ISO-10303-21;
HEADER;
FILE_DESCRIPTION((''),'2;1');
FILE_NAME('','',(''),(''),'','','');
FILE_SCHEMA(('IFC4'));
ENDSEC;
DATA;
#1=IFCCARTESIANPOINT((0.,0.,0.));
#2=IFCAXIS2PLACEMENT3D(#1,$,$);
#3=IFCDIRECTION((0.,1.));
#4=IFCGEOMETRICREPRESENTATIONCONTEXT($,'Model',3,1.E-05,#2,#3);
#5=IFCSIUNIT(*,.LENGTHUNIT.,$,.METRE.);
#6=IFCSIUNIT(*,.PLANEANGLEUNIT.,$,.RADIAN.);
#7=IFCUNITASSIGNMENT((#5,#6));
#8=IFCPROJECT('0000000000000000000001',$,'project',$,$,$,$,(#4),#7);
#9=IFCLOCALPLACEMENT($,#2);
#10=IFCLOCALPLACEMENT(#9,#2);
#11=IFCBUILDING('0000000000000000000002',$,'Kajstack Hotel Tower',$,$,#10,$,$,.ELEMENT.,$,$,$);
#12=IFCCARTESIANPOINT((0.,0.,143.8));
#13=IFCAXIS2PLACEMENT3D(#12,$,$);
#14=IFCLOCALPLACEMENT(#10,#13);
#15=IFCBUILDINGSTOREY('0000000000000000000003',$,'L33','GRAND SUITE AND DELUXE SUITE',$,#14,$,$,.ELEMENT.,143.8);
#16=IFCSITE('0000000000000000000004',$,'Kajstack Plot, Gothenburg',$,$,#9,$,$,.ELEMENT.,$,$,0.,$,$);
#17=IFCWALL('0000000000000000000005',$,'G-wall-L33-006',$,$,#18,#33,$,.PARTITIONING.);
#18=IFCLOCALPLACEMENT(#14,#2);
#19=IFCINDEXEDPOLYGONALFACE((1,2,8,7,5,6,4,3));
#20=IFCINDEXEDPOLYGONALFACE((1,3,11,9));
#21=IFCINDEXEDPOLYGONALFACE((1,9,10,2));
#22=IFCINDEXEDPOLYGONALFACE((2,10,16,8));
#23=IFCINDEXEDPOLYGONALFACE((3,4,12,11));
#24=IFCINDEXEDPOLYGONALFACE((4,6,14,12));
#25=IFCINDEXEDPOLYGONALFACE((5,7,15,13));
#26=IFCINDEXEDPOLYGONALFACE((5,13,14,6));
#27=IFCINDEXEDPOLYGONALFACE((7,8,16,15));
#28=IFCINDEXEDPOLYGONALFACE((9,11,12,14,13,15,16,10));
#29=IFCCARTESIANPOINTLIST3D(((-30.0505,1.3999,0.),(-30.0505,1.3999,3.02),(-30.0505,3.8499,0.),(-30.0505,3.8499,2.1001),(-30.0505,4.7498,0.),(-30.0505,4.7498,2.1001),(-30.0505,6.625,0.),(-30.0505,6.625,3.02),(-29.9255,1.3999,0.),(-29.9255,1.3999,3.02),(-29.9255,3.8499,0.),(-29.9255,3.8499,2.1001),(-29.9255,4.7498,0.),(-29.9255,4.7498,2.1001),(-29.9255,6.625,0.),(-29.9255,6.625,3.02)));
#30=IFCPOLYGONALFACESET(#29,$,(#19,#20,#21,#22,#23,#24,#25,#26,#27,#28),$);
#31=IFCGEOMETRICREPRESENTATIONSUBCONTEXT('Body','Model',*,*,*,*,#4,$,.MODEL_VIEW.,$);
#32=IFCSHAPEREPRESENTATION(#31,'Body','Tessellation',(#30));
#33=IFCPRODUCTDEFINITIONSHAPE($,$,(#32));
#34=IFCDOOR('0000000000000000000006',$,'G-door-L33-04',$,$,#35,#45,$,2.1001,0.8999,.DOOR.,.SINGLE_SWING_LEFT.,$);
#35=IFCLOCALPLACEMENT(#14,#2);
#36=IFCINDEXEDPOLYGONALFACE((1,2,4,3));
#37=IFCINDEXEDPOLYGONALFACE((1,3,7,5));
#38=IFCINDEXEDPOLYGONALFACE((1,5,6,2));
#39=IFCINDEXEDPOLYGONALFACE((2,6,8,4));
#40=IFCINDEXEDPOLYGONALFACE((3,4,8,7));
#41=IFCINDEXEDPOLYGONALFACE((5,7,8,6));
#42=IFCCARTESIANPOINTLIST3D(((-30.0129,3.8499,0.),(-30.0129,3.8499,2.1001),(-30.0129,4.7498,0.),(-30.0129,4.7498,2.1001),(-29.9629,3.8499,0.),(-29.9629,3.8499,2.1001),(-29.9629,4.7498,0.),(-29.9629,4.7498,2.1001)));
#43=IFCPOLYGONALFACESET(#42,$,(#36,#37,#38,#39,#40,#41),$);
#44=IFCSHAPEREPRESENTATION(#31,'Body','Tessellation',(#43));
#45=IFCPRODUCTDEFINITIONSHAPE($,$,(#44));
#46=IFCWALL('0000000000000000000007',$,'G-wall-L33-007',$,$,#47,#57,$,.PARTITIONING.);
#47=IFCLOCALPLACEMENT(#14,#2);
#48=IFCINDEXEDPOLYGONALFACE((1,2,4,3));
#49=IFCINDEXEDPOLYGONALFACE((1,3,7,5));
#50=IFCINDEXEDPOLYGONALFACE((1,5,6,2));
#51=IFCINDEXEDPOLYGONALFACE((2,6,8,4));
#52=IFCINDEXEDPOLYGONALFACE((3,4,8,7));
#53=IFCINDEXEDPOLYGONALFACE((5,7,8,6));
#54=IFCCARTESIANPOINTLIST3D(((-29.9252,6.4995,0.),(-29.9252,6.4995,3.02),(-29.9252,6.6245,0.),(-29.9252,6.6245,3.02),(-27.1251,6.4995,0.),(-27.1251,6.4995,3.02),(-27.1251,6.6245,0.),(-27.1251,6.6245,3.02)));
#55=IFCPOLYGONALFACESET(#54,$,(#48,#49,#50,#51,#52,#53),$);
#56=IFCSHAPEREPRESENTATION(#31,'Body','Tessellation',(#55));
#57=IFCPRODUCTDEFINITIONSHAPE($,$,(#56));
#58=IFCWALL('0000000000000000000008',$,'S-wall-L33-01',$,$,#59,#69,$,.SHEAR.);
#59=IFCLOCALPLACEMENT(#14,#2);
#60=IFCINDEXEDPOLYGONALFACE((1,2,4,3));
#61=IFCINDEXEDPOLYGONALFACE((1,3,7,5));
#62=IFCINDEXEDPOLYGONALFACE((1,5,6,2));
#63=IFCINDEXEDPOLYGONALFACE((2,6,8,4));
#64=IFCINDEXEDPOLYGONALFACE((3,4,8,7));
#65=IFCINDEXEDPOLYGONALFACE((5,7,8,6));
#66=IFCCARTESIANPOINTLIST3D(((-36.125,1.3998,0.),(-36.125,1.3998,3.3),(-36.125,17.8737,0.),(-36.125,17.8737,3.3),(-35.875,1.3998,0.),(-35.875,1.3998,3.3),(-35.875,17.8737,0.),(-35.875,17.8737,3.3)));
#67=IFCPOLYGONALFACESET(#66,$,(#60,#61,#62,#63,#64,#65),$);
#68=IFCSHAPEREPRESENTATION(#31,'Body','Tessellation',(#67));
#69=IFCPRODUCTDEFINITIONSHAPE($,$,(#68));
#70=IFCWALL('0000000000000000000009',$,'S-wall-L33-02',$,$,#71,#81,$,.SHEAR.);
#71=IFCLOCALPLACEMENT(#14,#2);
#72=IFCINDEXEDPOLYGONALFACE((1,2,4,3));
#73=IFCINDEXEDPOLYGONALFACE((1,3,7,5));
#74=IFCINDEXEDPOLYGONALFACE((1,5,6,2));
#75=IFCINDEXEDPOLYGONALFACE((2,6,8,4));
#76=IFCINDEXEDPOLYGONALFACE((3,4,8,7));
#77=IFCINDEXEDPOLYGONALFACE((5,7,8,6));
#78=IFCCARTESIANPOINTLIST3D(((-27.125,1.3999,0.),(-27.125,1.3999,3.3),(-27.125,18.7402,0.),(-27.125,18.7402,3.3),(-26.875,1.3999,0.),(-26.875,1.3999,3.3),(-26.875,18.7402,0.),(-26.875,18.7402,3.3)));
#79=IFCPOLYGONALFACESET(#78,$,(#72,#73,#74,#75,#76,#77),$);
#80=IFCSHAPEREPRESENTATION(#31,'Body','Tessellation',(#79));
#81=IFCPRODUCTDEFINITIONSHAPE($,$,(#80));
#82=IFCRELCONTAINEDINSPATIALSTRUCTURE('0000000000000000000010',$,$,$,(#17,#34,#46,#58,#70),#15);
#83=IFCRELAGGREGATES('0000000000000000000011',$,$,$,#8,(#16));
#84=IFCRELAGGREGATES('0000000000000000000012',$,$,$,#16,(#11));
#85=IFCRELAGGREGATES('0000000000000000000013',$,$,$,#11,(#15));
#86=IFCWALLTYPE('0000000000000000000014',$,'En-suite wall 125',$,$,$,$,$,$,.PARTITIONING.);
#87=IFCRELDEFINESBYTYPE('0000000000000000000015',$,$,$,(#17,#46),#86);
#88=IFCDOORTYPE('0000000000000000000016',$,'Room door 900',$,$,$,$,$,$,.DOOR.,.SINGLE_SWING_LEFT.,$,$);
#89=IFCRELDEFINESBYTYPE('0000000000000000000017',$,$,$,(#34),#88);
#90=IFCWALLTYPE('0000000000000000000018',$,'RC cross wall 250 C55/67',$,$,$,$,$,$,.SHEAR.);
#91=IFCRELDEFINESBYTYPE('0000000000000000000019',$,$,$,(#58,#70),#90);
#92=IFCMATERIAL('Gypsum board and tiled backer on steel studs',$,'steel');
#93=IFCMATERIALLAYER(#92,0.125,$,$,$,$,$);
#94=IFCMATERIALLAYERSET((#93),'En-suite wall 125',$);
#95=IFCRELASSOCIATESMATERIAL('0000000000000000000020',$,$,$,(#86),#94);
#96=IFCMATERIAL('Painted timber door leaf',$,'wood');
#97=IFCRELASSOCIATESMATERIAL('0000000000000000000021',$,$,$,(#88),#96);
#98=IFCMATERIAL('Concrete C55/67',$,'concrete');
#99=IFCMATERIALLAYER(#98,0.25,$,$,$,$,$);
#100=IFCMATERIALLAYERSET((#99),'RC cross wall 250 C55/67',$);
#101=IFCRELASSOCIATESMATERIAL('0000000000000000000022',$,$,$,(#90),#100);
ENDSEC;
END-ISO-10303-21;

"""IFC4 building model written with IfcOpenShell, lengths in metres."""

from ifc_helpers import new_model, si_unit, direction, frame, frame_2d, origin, place, context, subcontext, project, spatial, rectangle, extrude, material, layer, layer_set, type_object, element, fill, save


model = new_model("IFC4")

# Units and contexts
model_context = context("Model", 3, precision=1e-05, world=origin(), true_north=direction((0.0, 1.0)))
body_context = subcontext(model_context, "Body", "Model", "MODEL_VIEW")
ifc_project = project(units=[si_unit("LENGTHUNIT", "METRE"), si_unit("PLANEANGLEUNIT", "RADIAN")], contexts=[model_context])

# Site, building, storey
site_placement = place(None, origin())
site = spatial("IfcSite", under=ifc_project, at=site_placement, Name="Kajstack Plot, Gothenburg", CompositionType="ELEMENT", RefElevation=0.0)
building_placement = place(site_placement, origin())
building = spatial("IfcBuilding", under=site, at=building_placement, Name="Kajstack Hotel Tower", CompositionType="ELEMENT")
storey_placement = place(building_placement, frame((0.0, 0.0, 143.8)))
storey = spatial("IfcBuildingStorey", under=building, at=storey_placement, Name="L33", Description="GRAND SUITE AND DELUXE SUITE", CompositionType="ELEMENT", Elevation=143.8)

# Shared definitions
ifc_material_1 = material(Name="Gypsum board and tiled backer on steel studs", Category="steel")
ifc_layer_1 = layer(ifc_material_1, 0.125)
ifc_layer_set_1 = layer_set([ifc_layer_1], Name="En-suite wall 125")
wall_type_1 = type_object("IfcWallType", Name="En-suite wall 125", PredefinedType="PARTITIONING", material=ifc_layer_set_1)

# Wall, opening, door
wall_1_placement = place(storey_placement, frame((-29.988, 1.3999, 0.0), z_axis=(0.0, 0.0, 1.0), x_axis=(0.0, 1.0, 0.0)))
wall_1 = element("IfcWall", 1, at=wall_1_placement, inside=storey, type_object=wall_type_1, Name="G-wall-L33-006", PredefinedType="PARTITIONING", context=body_context, shape_type="SweptSolid", body=[
    extrude(rectangle(XDim=5.2251, YDim=0.125, at=frame_2d((2.6125, 0.0))), origin(), (0.0, 0.0, 1.0), 3.02),
])
opening_1_placement = place(wall_1_placement, frame((2.45, 0.0, 0.0)))
opening_1 = element("IfcOpeningElement", 2, at=opening_1_placement, cuts=wall_1, PredefinedType="OPENING", context=body_context, shape_type="SweptSolid", body=[
    extrude(rectangle(XDim=0.8999, YDim=2.1001, at=frame_2d((0.45, 1.05))), frame((0.0, 0.0725, 0.0), z_axis=(0.0, -1.0, 0.0), x_axis=(1.0, 0.0, 0.0)), (0.0, 0.0, 1.0), 0.145),
])
ifc_material_2 = material(Name="Painted timber door leaf", Category="wood")
door_type = type_object("IfcDoorType", Name="Room door 900", OperationType="SINGLE_SWING_LEFT", PredefinedType="DOOR", material=ifc_material_2)
door_placement = place(opening_1_placement, origin())
door = element("IfcDoor", 3, at=door_placement, inside=storey, type_object=door_type, Name="G-door-L33-04", OperationType="SINGLE_SWING_LEFT", OverallHeight=2.1001, OverallWidth=0.8999, PredefinedType="DOOR", context=body_context, shape_type="SweptSolid", body=[
    extrude(rectangle(XDim=0.8999, YDim=2.1001, at=frame_2d((0.45, 1.05))), frame((0.0, 0.0249, 0.0), z_axis=(0.0, -1.0, 0.0), x_axis=(1.0, 0.0, 0.0)), (0.0, 0.0, 1.0), 0.05),
])
fill(opening_1, door)

# Walls
wall_2_placement = place(storey_placement, frame((-29.925, 6.562, 0.0), z_axis=(0.0, 0.0, 1.0), x_axis=(1.0, 0.0, 0.0)))
element("IfcWall", 4, at=wall_2_placement, inside=storey, type_object=wall_type_1, Name="G-wall-L33-007", PredefinedType="PARTITIONING", context=body_context, shape_type="SweptSolid", body=[
    extrude(rectangle(XDim=2.8, YDim=0.125, at=frame_2d((1.3999, 0.0))), origin(), (0.0, 0.0, 1.0), 3.02),
])
ifc_material_3 = material(Name="Concrete C55/67", Category="concrete")
ifc_layer_2 = layer(ifc_material_3, 0.25)
ifc_layer_set_2 = layer_set([ifc_layer_2], Name="RC cross wall 250 C55/67")
wall_type_2 = type_object("IfcWallType", Name="RC cross wall 250 C55/67", PredefinedType="SHEAR", material=ifc_layer_set_2)
wall_3_placement = place(storey_placement, frame((-36.0, 1.3999, 0.0), z_axis=(0.0, 0.0, 1.0), x_axis=(0.0, 1.0, 0.0)))
element("IfcWall", 5, at=wall_3_placement, inside=storey, type_object=wall_type_2, Name="S-wall-L33-01", PredefinedType="SHEAR", context=body_context, shape_type="SweptSolid", body=[
    extrude(rectangle(XDim=16.4739, YDim=0.25, at=frame_2d((8.2368, 0.0))), origin(), (0.0, 0.0, 1.0), 3.3),
])
wall_4_placement = place(storey_placement, frame((-27.0, 1.3999, 0.0), z_axis=(0.0, 0.0, 1.0), x_axis=(0.0, 1.0, 0.0)))
element("IfcWall", 6, at=wall_4_placement, inside=storey, type_object=wall_type_2, Name="S-wall-L33-02", PredefinedType="SHEAR", context=body_context, shape_type="SweptSolid", body=[
    extrude(rectangle(XDim=17.3403, YDim=0.25, at=frame_2d((8.6702, 0.0))), origin(), (0.0, 0.0, 1.0), 3.3),
])

save(model, "model.ifc")
